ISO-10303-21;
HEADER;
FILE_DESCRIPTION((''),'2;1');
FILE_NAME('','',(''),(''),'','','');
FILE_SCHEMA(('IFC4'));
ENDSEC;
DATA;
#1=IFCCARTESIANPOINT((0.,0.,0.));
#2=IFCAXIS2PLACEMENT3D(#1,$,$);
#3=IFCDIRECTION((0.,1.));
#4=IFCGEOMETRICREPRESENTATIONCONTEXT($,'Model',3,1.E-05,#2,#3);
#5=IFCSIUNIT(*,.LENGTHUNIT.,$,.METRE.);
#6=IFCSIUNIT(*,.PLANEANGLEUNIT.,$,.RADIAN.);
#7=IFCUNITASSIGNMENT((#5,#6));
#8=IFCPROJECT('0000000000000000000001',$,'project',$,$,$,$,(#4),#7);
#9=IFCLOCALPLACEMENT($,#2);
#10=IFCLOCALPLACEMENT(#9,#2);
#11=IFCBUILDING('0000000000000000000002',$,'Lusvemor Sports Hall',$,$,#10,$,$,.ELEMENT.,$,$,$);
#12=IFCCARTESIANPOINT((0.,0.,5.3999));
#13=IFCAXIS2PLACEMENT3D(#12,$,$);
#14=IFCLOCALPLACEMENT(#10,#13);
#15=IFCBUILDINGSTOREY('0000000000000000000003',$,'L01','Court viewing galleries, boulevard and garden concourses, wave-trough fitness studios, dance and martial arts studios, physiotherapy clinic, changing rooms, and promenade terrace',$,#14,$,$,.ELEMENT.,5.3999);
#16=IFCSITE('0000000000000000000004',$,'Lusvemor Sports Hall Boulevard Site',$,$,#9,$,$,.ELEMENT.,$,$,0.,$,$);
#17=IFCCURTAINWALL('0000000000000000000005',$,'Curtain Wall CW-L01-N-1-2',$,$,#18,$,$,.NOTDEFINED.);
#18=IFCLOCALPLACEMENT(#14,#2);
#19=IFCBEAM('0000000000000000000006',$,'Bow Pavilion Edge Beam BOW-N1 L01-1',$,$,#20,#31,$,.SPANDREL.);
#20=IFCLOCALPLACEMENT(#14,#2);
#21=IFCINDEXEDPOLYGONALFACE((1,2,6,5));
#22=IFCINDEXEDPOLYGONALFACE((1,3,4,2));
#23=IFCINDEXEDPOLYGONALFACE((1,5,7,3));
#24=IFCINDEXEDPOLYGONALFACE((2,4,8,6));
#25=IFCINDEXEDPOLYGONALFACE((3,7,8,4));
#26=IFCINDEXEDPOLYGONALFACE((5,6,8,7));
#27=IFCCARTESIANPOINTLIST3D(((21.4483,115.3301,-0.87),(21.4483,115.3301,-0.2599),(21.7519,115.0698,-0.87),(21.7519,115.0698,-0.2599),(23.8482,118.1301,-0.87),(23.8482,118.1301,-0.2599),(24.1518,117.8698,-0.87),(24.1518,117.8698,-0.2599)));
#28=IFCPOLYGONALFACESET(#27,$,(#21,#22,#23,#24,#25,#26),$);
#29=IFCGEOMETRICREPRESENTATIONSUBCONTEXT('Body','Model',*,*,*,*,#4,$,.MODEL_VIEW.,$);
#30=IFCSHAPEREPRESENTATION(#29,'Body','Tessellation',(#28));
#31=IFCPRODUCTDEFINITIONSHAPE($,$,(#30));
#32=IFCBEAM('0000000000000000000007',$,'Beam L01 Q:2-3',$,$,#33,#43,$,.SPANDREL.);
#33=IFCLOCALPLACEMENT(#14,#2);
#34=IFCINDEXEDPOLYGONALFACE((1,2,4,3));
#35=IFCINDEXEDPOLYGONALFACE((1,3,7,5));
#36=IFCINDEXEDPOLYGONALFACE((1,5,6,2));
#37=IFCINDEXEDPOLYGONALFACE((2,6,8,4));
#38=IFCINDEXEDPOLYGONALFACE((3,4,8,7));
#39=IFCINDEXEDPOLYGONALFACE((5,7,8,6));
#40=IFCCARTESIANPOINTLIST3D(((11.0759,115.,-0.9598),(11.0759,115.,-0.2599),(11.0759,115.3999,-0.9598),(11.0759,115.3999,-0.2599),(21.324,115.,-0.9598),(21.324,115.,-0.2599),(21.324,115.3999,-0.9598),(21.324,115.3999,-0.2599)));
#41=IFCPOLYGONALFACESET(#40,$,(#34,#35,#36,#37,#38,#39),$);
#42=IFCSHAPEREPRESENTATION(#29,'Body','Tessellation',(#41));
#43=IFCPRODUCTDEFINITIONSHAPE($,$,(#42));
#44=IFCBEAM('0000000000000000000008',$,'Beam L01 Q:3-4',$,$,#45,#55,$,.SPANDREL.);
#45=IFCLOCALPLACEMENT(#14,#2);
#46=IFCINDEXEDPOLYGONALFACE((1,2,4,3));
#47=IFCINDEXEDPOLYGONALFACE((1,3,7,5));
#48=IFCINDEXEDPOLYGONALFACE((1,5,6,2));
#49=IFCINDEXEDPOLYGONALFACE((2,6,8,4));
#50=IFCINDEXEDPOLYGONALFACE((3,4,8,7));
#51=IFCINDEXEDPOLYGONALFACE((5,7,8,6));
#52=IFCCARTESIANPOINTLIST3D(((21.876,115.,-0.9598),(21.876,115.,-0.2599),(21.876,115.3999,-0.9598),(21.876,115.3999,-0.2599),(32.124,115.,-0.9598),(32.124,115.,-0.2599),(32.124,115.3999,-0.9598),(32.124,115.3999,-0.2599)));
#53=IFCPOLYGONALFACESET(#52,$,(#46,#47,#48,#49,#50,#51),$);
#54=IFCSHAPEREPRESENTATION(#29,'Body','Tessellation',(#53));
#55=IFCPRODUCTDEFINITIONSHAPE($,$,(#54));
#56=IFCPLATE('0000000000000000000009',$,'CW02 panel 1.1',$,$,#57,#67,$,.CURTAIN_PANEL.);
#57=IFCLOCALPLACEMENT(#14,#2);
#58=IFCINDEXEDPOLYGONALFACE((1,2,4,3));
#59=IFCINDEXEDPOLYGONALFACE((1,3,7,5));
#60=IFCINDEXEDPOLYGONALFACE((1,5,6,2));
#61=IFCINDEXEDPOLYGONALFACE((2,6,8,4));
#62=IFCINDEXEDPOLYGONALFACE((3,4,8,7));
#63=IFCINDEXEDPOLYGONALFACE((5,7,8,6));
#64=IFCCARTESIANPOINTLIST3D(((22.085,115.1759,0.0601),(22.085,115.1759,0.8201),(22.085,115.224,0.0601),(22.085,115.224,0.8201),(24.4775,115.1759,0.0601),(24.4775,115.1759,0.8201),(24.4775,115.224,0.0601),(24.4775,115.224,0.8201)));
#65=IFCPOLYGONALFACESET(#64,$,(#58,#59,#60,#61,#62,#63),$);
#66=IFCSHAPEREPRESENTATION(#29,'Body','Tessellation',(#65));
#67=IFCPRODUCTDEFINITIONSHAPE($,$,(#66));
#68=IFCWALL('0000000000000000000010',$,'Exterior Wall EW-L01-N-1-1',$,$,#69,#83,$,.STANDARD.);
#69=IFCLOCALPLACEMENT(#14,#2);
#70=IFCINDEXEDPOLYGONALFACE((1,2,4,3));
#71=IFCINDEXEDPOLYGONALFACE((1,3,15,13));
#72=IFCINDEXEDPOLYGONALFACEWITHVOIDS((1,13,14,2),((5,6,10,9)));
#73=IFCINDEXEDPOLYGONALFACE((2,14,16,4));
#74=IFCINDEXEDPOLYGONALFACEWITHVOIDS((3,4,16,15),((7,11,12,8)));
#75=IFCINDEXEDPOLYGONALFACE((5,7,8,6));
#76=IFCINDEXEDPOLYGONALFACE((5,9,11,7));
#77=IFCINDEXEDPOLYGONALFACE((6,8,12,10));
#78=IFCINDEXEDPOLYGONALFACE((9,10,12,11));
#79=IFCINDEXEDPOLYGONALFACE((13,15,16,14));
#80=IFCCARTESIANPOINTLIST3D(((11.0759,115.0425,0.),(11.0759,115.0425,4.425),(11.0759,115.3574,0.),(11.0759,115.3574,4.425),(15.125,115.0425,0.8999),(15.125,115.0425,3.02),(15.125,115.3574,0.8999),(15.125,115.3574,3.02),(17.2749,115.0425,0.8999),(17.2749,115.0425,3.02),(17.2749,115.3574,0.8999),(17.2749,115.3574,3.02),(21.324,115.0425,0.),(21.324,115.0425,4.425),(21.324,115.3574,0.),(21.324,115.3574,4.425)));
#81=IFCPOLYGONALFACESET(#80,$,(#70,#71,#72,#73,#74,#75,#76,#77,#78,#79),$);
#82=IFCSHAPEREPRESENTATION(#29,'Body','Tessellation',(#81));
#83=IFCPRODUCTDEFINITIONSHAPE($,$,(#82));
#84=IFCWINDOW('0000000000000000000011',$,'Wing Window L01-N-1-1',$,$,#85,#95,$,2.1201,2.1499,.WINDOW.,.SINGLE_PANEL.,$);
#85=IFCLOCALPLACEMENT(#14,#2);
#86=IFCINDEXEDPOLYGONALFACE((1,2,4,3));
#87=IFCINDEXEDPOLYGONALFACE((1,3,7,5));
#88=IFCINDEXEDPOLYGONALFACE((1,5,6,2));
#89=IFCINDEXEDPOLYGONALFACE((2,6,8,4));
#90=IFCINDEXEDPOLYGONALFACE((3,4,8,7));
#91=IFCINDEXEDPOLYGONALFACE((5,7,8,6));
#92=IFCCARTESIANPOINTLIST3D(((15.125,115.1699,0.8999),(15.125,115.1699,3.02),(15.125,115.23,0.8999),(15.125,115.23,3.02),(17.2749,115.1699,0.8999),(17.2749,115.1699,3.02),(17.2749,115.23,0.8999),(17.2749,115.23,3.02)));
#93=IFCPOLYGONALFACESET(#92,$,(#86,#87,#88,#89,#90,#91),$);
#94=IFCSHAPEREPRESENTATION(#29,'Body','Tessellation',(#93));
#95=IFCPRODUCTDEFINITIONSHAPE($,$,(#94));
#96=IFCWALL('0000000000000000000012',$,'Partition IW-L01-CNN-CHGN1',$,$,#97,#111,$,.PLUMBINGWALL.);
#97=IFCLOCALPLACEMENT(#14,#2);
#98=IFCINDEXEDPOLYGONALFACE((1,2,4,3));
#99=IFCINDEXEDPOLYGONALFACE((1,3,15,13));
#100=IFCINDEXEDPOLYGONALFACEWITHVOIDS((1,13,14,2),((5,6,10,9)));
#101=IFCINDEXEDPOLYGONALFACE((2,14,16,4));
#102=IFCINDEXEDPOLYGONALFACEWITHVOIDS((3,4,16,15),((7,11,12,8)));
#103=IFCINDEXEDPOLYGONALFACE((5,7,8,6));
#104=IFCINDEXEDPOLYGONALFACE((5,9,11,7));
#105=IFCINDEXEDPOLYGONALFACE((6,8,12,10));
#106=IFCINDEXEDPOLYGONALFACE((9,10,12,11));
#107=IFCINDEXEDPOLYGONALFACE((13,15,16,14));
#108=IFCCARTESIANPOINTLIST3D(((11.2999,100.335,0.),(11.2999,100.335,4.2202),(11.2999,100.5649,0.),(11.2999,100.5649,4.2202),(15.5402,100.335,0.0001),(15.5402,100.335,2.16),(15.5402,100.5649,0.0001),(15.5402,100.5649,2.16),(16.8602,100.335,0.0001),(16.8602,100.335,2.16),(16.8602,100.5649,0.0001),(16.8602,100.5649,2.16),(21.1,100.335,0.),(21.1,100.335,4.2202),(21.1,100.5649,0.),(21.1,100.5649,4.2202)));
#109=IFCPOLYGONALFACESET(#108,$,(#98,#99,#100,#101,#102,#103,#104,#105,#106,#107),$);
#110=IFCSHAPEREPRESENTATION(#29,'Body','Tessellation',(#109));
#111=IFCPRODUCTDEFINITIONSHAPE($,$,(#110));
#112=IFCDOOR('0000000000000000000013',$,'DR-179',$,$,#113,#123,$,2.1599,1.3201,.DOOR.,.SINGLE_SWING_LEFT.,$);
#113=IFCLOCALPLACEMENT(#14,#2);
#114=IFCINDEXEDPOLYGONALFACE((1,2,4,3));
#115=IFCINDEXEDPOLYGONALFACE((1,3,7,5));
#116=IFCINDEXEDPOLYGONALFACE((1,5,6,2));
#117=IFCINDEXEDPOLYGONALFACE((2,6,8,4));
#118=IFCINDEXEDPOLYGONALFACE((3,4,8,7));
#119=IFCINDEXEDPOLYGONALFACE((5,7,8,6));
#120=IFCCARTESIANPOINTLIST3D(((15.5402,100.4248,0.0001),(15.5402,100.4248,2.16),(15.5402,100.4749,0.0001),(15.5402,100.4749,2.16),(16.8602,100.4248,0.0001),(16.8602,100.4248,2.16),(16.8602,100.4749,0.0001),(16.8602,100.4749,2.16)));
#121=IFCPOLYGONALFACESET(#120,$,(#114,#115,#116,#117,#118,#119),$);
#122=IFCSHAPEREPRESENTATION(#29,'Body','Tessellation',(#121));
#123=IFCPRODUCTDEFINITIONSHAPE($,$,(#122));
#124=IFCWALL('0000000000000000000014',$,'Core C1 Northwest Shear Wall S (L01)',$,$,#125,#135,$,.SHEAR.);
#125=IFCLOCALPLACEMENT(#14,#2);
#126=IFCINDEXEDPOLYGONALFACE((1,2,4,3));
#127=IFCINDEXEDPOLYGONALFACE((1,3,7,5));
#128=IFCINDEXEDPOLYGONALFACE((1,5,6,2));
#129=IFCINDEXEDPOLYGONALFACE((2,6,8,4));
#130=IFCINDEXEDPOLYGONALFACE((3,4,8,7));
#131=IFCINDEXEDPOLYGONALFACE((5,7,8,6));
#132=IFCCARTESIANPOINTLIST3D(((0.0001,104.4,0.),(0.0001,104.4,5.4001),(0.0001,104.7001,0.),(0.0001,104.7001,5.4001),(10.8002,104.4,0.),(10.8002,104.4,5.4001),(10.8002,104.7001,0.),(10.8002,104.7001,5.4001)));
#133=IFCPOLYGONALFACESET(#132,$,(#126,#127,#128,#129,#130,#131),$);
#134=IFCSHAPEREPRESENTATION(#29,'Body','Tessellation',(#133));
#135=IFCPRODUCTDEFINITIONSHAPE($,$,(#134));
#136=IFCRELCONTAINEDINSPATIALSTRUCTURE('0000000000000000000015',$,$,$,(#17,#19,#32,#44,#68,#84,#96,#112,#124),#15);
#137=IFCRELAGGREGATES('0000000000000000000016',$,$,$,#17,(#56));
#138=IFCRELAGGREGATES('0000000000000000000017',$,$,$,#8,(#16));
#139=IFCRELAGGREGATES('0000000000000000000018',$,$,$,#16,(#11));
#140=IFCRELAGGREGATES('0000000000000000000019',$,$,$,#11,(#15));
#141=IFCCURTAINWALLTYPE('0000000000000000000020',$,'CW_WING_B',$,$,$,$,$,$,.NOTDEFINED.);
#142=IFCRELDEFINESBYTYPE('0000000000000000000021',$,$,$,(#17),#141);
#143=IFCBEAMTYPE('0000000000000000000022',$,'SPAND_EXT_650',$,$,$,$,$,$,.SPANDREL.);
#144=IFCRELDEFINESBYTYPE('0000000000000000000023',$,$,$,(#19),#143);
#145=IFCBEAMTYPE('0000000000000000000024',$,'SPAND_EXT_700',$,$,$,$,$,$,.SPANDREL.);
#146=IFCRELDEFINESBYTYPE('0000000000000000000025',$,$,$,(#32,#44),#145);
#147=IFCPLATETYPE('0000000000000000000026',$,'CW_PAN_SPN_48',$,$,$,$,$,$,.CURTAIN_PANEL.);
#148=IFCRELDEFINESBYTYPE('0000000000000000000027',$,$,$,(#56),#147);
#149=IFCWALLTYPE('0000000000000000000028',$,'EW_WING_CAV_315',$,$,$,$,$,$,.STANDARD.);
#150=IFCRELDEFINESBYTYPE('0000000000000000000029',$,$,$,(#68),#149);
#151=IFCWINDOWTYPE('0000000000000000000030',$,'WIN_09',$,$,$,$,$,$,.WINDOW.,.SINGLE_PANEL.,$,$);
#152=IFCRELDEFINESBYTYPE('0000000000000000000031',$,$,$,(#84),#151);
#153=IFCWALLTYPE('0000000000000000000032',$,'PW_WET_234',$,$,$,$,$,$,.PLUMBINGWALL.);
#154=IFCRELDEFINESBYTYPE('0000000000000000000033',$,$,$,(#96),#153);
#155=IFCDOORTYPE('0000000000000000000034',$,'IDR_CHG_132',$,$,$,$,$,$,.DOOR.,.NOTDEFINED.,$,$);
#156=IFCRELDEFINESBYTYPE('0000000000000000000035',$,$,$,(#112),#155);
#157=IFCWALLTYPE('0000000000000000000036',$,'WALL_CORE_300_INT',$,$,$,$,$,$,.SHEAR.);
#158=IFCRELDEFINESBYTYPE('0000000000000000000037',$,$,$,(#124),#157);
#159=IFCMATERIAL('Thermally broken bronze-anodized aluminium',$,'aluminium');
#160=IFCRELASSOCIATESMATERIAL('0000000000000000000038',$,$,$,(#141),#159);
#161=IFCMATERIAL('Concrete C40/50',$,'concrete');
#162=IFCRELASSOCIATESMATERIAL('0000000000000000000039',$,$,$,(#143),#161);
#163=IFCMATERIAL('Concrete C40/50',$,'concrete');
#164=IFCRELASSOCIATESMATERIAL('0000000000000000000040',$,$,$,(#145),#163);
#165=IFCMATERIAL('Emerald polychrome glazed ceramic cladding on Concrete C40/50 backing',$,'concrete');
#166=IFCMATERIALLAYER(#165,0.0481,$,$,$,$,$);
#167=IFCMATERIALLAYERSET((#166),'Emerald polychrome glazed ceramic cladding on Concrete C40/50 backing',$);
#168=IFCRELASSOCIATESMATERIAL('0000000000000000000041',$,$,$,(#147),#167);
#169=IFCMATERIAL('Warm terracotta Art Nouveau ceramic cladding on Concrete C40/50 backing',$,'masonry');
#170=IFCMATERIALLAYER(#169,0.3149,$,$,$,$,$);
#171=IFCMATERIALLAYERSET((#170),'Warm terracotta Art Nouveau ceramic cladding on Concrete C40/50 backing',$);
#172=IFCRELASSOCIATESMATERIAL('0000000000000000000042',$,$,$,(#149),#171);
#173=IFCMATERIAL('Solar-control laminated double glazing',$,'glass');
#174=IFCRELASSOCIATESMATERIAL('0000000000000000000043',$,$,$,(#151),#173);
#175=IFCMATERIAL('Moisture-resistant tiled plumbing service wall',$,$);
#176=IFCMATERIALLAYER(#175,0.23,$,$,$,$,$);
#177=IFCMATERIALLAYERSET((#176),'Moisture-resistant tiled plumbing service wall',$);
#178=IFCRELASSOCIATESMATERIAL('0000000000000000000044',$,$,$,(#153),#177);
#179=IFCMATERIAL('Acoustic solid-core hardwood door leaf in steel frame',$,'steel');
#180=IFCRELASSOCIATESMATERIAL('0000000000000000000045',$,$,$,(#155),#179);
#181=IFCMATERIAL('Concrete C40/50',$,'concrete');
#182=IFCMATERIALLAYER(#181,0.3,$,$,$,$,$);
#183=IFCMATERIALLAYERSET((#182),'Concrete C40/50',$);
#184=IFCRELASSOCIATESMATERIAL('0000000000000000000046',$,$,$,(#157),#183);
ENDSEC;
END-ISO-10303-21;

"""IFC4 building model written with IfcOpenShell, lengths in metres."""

from ifc_helpers import new_model, si_unit, direction, frame, frame_2d, origin, origin_2d, place, context, subcontext, project, spatial, rectangle, extrude, material, layer, layer_set, material_profile, profile_set, type_object, element, fill, aggregate, save


model = new_model("IFC4")

# Units and contexts
model_context = context("Model", 3, precision=1e-05, world=origin(), true_north=direction((0.0, 1.0)))
body_context = subcontext(model_context, "Body", "Model", "MODEL_VIEW")
ifc_project = project(units=[si_unit("LENGTHUNIT", "METRE"), si_unit("PLANEANGLEUNIT", "RADIAN")], contexts=[model_context])

# Site, building, storey
site_placement = place(None, origin())
site = spatial("IfcSite", under=ifc_project, at=site_placement, Name="Lusvemor Sports Hall Boulevard Site", CompositionType="ELEMENT", RefElevation=0.0)
building_placement = place(site_placement, origin())
building = spatial("IfcBuilding", under=site, at=building_placement, Name="Lusvemor Sports Hall", CompositionType="ELEMENT")
storey_placement = place(building_placement, frame((0.0, 0.0, 5.3999)))
storey = spatial("IfcBuildingStorey", under=building, at=storey_placement, Name="L01", Description="Court viewing galleries, boulevard and garden concourses, wave-trough fitness studios, dance and martial arts studios, physiotherapy clinic, changing rooms, and promenade terrace", CompositionType="ELEMENT", Elevation=5.3999)

# Curtain wall
ifc_material_1 = material(Name="Thermally broken bronze-anodized aluminium", Category="aluminium")
curtain_wall_type = type_object("IfcCurtainWallType", Name="CW_WING_B", PredefinedType="NOTDEFINED", material=ifc_material_1)
curtain_wall_1_placement = place(storey_placement, origin())
curtain_wall_1 = element("IfcCurtainWall", 1, at=curtain_wall_1_placement, inside=storey, type_object=curtain_wall_type, Name="Curtain Wall CW-L01-N-1-2", PredefinedType="NOTDEFINED")

# Beams
ifc_material_2 = material(Name="Concrete C40/50", Category="concrete")
ifc_material_profile_1 = material_profile(ifc_material_2, rectangle(XDim=0.3999, YDim=0.6101, at=origin_2d()), Name="RC400x610")
ifc_profile_set_1 = profile_set([ifc_material_profile_1], Name="Concrete C40/50")
beam_type_1 = type_object("IfcBeamType", Name="SPAND_EXT_650", PredefinedType="SPANDREL", material=ifc_profile_set_1)
beam_1_placement = place(storey_placement, frame((21.6001, 115.2, -0.5649), z_axis=(0.65077, 0.759275, 0.0), x_axis=(-0.759275, 0.65077, 0.0)))
element("IfcBeam", 2, at=beam_1_placement, inside=storey, type_object=beam_type_1, Name="Bow Pavilion Edge Beam BOW-N1 L01-1", PredefinedType="SPANDREL", context=body_context, shape_type="SweptSolid", body=[
    extrude(rectangle(XDim=0.3999, YDim=0.6101, at=origin_2d()), origin(), (0.0, 0.0, 1.0), 3.6877),
])
ifc_material_3 = material(Name="Concrete C40/50", Category="concrete")
ifc_material_profile_2 = material_profile(ifc_material_3, rectangle(XDim=0.3999, YDim=0.7, at=origin_2d()), Name="RC400x700")
ifc_profile_set_2 = profile_set([ifc_material_profile_2], Name="Concrete C40/50")
beam_type_2 = type_object("IfcBeamType", Name="SPAND_EXT_700", PredefinedType="SPANDREL", material=ifc_profile_set_2)
for number, where, z_axis, x_axis, name in (
    (3, (11.0759, 115.2, -0.6099), (1.0, 0.0, 0.0), (0.0, 1.0, 0.0), "Beam L01 Q:2-3"),
    (4, (21.876, 115.2, -0.6099), (1.0, 0.0, 0.0), (0.0, 1.0, 0.0), "Beam L01 Q:3-4"),
):
    element("IfcBeam", number, at=place(storey_placement, frame(where, z_axis=z_axis, x_axis=x_axis)), inside=storey, type_object=beam_type_2, Name=name, PredefinedType="SPANDREL", context=body_context, shape_type="SweptSolid", body=[
        extrude(rectangle(XDim=0.3999, YDim=0.7, at=origin_2d()), origin(), (0.0, 0.0, 1.0), 10.248),
    ])

# Plate
ifc_material_4 = material(Name="Emerald polychrome glazed ceramic cladding on Concrete C40/50 backing", Category="concrete")
ifc_layer_1 = layer(ifc_material_4, 0.0481)
ifc_layer_set_1 = layer_set([ifc_layer_1], Name="Emerald polychrome glazed ceramic cladding on Concrete C40/50 backing")
plate_type = type_object("IfcPlateType", Name="CW_PAN_SPN_48", PredefinedType="CURTAIN_PANEL", material=ifc_layer_set_1)
plate_placement = place(storey_placement, frame((23.2812, 115.2, 0.0601), z_axis=(0.0, 0.0, 1.0), x_axis=(1.0, 0.0, 0.0)))
plate = element("IfcPlate", 5, at=plate_placement, type_object=plate_type, Name="CW02 panel 1.1", PredefinedType="CURTAIN_PANEL", context=body_context, shape_type="SweptSolid", body=[
    extrude(rectangle(XDim=2.3926, YDim=0.0481, at=origin_2d()), origin(), (0.0, 0.0, 1.0), 0.76),
])
aggregate(curtain_wall_1, [plate])

# Wall, opening, window
ifc_material_5 = material(Name="Warm terracotta Art Nouveau ceramic cladding on Concrete C40/50 backing", Category="masonry")
ifc_layer_2 = layer(ifc_material_5, 0.3149)
ifc_layer_set_2 = layer_set([ifc_layer_2], Name="Warm terracotta Art Nouveau ceramic cladding on Concrete C40/50 backing")
wall_type_1 = type_object("IfcWallType", Name="EW_WING_CAV_315", PredefinedType="STANDARD", material=ifc_layer_set_2)
wall_1_placement = place(storey_placement, frame((11.0759, 115.2, 0.0), z_axis=(0.0, 0.0, 1.0), x_axis=(1.0, 0.0, 0.0)))
wall_1 = element("IfcWall", 6, at=wall_1_placement, inside=storey, type_object=wall_type_1, Name="Exterior Wall EW-L01-N-1-1", PredefinedType="STANDARD", context=body_context, shape_type="SweptSolid", body=[
    extrude(rectangle(XDim=10.248, YDim=0.3149, at=frame_2d((5.124, 0.0))), origin(), (0.0, 0.0, 1.0), 4.425),
])
opening_1_placement = place(wall_1_placement, frame((4.0491, 0.0, 0.8999)))
opening_1 = element("IfcOpeningElement", 7, at=opening_1_placement, cuts=wall_1, PredefinedType="OPENING", context=body_context, shape_type="SweptSolid", body=[
    extrude(rectangle(XDim=2.1499, YDim=2.1201, at=frame_2d((1.075, 1.0601))), frame((0.0, 0.1575, 0.0), z_axis=(0.0, -1.0, 0.0), x_axis=(1.0, 0.0, 0.0)), (0.0, 0.0, 1.0), 0.3149),
])
ifc_material_6 = material(Name="Solar-control laminated double glazing", Category="glass")
window_type = type_object("IfcWindowType", Name="WIN_09", PartitioningType="SINGLE_PANEL", PredefinedType="WINDOW", material=ifc_material_6)
window_placement = place(opening_1_placement, origin())
window = element("IfcWindow", 8, at=window_placement, inside=storey, type_object=window_type, Name="Wing Window L01-N-1-1", OverallHeight=2.1201, OverallWidth=2.1499, PartitioningType="SINGLE_PANEL", PredefinedType="WINDOW", context=body_context, shape_type="SweptSolid", body=[
    extrude(rectangle(XDim=2.1499, YDim=2.1201, at=frame_2d((1.075, 1.0601))), frame((0.0, 0.03, 0.0), z_axis=(0.0, -1.0, 0.0), x_axis=(1.0, 0.0, 0.0)), (0.0, 0.0, 1.0), 0.0601),
])
fill(opening_1, window)

# Wall, opening, door
ifc_material_7 = material(Name="Moisture-resistant tiled plumbing service wall")
ifc_layer_3 = layer(ifc_material_7, 0.23)
ifc_layer_set_3 = layer_set([ifc_layer_3], Name="Moisture-resistant tiled plumbing service wall")
wall_type_2 = type_object("IfcWallType", Name="PW_WET_234", PredefinedType="PLUMBINGWALL", material=ifc_layer_set_3)
wall_2_placement = place(storey_placement, frame((11.3, 100.45, 0.0), z_axis=(0.0, 0.0, 1.0), x_axis=(1.0, 0.0, 0.0)))
wall_2 = element("IfcWall", 9, at=wall_2_placement, inside=storey, type_object=wall_type_2, Name="Partition IW-L01-CNN-CHGN1", PredefinedType="PLUMBINGWALL", context=body_context, shape_type="SweptSolid", body=[
    extrude(rectangle(XDim=9.8, YDim=0.23, at=frame_2d((4.8999, 0.0))), origin(), (0.0, 0.0, 1.0), 4.2202),
])
opening_2_placement = place(wall_2_placement, frame((4.24, 0.0, 0.0)))
opening_2 = element("IfcOpeningElement", 10, at=opening_2_placement, cuts=wall_2, PredefinedType="OPENING", context=body_context, shape_type="SweptSolid", body=[
    extrude(rectangle(XDim=1.3201, YDim=2.1599, at=frame_2d((0.6602, 1.0801))), frame((0.0, 0.115, 0.0), z_axis=(0.0, -1.0, 0.0), x_axis=(1.0, 0.0, 0.0)), (0.0, 0.0, 1.0), 0.23),
])
ifc_material_8 = material(Name="Acoustic solid-core hardwood door leaf in steel frame", Category="steel")
door_type_1 = type_object("IfcDoorType", Name="IDR_CHG_132", OperationType="NOTDEFINED", PredefinedType="DOOR", material=ifc_material_8)
door_1_placement = place(opening_2_placement, origin())
door_1 = element("IfcDoor", 11, at=door_1_placement, inside=storey, type_object=door_type_1, Name="DR-179", OperationType="SINGLE_SWING_LEFT", OverallHeight=2.1599, OverallWidth=1.3201, PredefinedType="DOOR", context=body_context, shape_type="SweptSolid", body=[
    extrude(rectangle(XDim=1.3201, YDim=2.1599, at=frame_2d((0.6602, 1.0801))), frame((0.0, 0.0249, 0.0), z_axis=(0.0, -1.0, 0.0), x_axis=(1.0, 0.0, 0.0)), (0.0, 0.0, 1.0), 0.05),
])
fill(opening_2, door_1)

# Wall
ifc_material_9 = material(Name="Concrete C40/50", Category="concrete")
ifc_layer_4 = layer(ifc_material_9, 0.3)
ifc_layer_set_4 = layer_set([ifc_layer_4], Name="Concrete C40/50")
wall_type_3 = type_object("IfcWallType", Name="WALL_CORE_300_INT", PredefinedType="SHEAR", material=ifc_layer_set_4)
wall_3_placement = place(storey_placement, frame((10.8, 104.55, 0.0), z_axis=(0.0, 0.0, 1.0), x_axis=(-1.0, 0.0, 0.0)))
element("IfcWall", 12, at=wall_3_placement, inside=storey, type_object=wall_type_3, Name="Core C1 Northwest Shear Wall S (L01)", PredefinedType="SHEAR", context=body_context, shape_type="SweptSolid", body=[
    extrude(rectangle(XDim=10.8, YDim=0.3, at=frame_2d((5.3999, 0.0))), origin(), (0.0, 0.0, 1.0), 5.4001),
])

save(model, "model.ifc")
